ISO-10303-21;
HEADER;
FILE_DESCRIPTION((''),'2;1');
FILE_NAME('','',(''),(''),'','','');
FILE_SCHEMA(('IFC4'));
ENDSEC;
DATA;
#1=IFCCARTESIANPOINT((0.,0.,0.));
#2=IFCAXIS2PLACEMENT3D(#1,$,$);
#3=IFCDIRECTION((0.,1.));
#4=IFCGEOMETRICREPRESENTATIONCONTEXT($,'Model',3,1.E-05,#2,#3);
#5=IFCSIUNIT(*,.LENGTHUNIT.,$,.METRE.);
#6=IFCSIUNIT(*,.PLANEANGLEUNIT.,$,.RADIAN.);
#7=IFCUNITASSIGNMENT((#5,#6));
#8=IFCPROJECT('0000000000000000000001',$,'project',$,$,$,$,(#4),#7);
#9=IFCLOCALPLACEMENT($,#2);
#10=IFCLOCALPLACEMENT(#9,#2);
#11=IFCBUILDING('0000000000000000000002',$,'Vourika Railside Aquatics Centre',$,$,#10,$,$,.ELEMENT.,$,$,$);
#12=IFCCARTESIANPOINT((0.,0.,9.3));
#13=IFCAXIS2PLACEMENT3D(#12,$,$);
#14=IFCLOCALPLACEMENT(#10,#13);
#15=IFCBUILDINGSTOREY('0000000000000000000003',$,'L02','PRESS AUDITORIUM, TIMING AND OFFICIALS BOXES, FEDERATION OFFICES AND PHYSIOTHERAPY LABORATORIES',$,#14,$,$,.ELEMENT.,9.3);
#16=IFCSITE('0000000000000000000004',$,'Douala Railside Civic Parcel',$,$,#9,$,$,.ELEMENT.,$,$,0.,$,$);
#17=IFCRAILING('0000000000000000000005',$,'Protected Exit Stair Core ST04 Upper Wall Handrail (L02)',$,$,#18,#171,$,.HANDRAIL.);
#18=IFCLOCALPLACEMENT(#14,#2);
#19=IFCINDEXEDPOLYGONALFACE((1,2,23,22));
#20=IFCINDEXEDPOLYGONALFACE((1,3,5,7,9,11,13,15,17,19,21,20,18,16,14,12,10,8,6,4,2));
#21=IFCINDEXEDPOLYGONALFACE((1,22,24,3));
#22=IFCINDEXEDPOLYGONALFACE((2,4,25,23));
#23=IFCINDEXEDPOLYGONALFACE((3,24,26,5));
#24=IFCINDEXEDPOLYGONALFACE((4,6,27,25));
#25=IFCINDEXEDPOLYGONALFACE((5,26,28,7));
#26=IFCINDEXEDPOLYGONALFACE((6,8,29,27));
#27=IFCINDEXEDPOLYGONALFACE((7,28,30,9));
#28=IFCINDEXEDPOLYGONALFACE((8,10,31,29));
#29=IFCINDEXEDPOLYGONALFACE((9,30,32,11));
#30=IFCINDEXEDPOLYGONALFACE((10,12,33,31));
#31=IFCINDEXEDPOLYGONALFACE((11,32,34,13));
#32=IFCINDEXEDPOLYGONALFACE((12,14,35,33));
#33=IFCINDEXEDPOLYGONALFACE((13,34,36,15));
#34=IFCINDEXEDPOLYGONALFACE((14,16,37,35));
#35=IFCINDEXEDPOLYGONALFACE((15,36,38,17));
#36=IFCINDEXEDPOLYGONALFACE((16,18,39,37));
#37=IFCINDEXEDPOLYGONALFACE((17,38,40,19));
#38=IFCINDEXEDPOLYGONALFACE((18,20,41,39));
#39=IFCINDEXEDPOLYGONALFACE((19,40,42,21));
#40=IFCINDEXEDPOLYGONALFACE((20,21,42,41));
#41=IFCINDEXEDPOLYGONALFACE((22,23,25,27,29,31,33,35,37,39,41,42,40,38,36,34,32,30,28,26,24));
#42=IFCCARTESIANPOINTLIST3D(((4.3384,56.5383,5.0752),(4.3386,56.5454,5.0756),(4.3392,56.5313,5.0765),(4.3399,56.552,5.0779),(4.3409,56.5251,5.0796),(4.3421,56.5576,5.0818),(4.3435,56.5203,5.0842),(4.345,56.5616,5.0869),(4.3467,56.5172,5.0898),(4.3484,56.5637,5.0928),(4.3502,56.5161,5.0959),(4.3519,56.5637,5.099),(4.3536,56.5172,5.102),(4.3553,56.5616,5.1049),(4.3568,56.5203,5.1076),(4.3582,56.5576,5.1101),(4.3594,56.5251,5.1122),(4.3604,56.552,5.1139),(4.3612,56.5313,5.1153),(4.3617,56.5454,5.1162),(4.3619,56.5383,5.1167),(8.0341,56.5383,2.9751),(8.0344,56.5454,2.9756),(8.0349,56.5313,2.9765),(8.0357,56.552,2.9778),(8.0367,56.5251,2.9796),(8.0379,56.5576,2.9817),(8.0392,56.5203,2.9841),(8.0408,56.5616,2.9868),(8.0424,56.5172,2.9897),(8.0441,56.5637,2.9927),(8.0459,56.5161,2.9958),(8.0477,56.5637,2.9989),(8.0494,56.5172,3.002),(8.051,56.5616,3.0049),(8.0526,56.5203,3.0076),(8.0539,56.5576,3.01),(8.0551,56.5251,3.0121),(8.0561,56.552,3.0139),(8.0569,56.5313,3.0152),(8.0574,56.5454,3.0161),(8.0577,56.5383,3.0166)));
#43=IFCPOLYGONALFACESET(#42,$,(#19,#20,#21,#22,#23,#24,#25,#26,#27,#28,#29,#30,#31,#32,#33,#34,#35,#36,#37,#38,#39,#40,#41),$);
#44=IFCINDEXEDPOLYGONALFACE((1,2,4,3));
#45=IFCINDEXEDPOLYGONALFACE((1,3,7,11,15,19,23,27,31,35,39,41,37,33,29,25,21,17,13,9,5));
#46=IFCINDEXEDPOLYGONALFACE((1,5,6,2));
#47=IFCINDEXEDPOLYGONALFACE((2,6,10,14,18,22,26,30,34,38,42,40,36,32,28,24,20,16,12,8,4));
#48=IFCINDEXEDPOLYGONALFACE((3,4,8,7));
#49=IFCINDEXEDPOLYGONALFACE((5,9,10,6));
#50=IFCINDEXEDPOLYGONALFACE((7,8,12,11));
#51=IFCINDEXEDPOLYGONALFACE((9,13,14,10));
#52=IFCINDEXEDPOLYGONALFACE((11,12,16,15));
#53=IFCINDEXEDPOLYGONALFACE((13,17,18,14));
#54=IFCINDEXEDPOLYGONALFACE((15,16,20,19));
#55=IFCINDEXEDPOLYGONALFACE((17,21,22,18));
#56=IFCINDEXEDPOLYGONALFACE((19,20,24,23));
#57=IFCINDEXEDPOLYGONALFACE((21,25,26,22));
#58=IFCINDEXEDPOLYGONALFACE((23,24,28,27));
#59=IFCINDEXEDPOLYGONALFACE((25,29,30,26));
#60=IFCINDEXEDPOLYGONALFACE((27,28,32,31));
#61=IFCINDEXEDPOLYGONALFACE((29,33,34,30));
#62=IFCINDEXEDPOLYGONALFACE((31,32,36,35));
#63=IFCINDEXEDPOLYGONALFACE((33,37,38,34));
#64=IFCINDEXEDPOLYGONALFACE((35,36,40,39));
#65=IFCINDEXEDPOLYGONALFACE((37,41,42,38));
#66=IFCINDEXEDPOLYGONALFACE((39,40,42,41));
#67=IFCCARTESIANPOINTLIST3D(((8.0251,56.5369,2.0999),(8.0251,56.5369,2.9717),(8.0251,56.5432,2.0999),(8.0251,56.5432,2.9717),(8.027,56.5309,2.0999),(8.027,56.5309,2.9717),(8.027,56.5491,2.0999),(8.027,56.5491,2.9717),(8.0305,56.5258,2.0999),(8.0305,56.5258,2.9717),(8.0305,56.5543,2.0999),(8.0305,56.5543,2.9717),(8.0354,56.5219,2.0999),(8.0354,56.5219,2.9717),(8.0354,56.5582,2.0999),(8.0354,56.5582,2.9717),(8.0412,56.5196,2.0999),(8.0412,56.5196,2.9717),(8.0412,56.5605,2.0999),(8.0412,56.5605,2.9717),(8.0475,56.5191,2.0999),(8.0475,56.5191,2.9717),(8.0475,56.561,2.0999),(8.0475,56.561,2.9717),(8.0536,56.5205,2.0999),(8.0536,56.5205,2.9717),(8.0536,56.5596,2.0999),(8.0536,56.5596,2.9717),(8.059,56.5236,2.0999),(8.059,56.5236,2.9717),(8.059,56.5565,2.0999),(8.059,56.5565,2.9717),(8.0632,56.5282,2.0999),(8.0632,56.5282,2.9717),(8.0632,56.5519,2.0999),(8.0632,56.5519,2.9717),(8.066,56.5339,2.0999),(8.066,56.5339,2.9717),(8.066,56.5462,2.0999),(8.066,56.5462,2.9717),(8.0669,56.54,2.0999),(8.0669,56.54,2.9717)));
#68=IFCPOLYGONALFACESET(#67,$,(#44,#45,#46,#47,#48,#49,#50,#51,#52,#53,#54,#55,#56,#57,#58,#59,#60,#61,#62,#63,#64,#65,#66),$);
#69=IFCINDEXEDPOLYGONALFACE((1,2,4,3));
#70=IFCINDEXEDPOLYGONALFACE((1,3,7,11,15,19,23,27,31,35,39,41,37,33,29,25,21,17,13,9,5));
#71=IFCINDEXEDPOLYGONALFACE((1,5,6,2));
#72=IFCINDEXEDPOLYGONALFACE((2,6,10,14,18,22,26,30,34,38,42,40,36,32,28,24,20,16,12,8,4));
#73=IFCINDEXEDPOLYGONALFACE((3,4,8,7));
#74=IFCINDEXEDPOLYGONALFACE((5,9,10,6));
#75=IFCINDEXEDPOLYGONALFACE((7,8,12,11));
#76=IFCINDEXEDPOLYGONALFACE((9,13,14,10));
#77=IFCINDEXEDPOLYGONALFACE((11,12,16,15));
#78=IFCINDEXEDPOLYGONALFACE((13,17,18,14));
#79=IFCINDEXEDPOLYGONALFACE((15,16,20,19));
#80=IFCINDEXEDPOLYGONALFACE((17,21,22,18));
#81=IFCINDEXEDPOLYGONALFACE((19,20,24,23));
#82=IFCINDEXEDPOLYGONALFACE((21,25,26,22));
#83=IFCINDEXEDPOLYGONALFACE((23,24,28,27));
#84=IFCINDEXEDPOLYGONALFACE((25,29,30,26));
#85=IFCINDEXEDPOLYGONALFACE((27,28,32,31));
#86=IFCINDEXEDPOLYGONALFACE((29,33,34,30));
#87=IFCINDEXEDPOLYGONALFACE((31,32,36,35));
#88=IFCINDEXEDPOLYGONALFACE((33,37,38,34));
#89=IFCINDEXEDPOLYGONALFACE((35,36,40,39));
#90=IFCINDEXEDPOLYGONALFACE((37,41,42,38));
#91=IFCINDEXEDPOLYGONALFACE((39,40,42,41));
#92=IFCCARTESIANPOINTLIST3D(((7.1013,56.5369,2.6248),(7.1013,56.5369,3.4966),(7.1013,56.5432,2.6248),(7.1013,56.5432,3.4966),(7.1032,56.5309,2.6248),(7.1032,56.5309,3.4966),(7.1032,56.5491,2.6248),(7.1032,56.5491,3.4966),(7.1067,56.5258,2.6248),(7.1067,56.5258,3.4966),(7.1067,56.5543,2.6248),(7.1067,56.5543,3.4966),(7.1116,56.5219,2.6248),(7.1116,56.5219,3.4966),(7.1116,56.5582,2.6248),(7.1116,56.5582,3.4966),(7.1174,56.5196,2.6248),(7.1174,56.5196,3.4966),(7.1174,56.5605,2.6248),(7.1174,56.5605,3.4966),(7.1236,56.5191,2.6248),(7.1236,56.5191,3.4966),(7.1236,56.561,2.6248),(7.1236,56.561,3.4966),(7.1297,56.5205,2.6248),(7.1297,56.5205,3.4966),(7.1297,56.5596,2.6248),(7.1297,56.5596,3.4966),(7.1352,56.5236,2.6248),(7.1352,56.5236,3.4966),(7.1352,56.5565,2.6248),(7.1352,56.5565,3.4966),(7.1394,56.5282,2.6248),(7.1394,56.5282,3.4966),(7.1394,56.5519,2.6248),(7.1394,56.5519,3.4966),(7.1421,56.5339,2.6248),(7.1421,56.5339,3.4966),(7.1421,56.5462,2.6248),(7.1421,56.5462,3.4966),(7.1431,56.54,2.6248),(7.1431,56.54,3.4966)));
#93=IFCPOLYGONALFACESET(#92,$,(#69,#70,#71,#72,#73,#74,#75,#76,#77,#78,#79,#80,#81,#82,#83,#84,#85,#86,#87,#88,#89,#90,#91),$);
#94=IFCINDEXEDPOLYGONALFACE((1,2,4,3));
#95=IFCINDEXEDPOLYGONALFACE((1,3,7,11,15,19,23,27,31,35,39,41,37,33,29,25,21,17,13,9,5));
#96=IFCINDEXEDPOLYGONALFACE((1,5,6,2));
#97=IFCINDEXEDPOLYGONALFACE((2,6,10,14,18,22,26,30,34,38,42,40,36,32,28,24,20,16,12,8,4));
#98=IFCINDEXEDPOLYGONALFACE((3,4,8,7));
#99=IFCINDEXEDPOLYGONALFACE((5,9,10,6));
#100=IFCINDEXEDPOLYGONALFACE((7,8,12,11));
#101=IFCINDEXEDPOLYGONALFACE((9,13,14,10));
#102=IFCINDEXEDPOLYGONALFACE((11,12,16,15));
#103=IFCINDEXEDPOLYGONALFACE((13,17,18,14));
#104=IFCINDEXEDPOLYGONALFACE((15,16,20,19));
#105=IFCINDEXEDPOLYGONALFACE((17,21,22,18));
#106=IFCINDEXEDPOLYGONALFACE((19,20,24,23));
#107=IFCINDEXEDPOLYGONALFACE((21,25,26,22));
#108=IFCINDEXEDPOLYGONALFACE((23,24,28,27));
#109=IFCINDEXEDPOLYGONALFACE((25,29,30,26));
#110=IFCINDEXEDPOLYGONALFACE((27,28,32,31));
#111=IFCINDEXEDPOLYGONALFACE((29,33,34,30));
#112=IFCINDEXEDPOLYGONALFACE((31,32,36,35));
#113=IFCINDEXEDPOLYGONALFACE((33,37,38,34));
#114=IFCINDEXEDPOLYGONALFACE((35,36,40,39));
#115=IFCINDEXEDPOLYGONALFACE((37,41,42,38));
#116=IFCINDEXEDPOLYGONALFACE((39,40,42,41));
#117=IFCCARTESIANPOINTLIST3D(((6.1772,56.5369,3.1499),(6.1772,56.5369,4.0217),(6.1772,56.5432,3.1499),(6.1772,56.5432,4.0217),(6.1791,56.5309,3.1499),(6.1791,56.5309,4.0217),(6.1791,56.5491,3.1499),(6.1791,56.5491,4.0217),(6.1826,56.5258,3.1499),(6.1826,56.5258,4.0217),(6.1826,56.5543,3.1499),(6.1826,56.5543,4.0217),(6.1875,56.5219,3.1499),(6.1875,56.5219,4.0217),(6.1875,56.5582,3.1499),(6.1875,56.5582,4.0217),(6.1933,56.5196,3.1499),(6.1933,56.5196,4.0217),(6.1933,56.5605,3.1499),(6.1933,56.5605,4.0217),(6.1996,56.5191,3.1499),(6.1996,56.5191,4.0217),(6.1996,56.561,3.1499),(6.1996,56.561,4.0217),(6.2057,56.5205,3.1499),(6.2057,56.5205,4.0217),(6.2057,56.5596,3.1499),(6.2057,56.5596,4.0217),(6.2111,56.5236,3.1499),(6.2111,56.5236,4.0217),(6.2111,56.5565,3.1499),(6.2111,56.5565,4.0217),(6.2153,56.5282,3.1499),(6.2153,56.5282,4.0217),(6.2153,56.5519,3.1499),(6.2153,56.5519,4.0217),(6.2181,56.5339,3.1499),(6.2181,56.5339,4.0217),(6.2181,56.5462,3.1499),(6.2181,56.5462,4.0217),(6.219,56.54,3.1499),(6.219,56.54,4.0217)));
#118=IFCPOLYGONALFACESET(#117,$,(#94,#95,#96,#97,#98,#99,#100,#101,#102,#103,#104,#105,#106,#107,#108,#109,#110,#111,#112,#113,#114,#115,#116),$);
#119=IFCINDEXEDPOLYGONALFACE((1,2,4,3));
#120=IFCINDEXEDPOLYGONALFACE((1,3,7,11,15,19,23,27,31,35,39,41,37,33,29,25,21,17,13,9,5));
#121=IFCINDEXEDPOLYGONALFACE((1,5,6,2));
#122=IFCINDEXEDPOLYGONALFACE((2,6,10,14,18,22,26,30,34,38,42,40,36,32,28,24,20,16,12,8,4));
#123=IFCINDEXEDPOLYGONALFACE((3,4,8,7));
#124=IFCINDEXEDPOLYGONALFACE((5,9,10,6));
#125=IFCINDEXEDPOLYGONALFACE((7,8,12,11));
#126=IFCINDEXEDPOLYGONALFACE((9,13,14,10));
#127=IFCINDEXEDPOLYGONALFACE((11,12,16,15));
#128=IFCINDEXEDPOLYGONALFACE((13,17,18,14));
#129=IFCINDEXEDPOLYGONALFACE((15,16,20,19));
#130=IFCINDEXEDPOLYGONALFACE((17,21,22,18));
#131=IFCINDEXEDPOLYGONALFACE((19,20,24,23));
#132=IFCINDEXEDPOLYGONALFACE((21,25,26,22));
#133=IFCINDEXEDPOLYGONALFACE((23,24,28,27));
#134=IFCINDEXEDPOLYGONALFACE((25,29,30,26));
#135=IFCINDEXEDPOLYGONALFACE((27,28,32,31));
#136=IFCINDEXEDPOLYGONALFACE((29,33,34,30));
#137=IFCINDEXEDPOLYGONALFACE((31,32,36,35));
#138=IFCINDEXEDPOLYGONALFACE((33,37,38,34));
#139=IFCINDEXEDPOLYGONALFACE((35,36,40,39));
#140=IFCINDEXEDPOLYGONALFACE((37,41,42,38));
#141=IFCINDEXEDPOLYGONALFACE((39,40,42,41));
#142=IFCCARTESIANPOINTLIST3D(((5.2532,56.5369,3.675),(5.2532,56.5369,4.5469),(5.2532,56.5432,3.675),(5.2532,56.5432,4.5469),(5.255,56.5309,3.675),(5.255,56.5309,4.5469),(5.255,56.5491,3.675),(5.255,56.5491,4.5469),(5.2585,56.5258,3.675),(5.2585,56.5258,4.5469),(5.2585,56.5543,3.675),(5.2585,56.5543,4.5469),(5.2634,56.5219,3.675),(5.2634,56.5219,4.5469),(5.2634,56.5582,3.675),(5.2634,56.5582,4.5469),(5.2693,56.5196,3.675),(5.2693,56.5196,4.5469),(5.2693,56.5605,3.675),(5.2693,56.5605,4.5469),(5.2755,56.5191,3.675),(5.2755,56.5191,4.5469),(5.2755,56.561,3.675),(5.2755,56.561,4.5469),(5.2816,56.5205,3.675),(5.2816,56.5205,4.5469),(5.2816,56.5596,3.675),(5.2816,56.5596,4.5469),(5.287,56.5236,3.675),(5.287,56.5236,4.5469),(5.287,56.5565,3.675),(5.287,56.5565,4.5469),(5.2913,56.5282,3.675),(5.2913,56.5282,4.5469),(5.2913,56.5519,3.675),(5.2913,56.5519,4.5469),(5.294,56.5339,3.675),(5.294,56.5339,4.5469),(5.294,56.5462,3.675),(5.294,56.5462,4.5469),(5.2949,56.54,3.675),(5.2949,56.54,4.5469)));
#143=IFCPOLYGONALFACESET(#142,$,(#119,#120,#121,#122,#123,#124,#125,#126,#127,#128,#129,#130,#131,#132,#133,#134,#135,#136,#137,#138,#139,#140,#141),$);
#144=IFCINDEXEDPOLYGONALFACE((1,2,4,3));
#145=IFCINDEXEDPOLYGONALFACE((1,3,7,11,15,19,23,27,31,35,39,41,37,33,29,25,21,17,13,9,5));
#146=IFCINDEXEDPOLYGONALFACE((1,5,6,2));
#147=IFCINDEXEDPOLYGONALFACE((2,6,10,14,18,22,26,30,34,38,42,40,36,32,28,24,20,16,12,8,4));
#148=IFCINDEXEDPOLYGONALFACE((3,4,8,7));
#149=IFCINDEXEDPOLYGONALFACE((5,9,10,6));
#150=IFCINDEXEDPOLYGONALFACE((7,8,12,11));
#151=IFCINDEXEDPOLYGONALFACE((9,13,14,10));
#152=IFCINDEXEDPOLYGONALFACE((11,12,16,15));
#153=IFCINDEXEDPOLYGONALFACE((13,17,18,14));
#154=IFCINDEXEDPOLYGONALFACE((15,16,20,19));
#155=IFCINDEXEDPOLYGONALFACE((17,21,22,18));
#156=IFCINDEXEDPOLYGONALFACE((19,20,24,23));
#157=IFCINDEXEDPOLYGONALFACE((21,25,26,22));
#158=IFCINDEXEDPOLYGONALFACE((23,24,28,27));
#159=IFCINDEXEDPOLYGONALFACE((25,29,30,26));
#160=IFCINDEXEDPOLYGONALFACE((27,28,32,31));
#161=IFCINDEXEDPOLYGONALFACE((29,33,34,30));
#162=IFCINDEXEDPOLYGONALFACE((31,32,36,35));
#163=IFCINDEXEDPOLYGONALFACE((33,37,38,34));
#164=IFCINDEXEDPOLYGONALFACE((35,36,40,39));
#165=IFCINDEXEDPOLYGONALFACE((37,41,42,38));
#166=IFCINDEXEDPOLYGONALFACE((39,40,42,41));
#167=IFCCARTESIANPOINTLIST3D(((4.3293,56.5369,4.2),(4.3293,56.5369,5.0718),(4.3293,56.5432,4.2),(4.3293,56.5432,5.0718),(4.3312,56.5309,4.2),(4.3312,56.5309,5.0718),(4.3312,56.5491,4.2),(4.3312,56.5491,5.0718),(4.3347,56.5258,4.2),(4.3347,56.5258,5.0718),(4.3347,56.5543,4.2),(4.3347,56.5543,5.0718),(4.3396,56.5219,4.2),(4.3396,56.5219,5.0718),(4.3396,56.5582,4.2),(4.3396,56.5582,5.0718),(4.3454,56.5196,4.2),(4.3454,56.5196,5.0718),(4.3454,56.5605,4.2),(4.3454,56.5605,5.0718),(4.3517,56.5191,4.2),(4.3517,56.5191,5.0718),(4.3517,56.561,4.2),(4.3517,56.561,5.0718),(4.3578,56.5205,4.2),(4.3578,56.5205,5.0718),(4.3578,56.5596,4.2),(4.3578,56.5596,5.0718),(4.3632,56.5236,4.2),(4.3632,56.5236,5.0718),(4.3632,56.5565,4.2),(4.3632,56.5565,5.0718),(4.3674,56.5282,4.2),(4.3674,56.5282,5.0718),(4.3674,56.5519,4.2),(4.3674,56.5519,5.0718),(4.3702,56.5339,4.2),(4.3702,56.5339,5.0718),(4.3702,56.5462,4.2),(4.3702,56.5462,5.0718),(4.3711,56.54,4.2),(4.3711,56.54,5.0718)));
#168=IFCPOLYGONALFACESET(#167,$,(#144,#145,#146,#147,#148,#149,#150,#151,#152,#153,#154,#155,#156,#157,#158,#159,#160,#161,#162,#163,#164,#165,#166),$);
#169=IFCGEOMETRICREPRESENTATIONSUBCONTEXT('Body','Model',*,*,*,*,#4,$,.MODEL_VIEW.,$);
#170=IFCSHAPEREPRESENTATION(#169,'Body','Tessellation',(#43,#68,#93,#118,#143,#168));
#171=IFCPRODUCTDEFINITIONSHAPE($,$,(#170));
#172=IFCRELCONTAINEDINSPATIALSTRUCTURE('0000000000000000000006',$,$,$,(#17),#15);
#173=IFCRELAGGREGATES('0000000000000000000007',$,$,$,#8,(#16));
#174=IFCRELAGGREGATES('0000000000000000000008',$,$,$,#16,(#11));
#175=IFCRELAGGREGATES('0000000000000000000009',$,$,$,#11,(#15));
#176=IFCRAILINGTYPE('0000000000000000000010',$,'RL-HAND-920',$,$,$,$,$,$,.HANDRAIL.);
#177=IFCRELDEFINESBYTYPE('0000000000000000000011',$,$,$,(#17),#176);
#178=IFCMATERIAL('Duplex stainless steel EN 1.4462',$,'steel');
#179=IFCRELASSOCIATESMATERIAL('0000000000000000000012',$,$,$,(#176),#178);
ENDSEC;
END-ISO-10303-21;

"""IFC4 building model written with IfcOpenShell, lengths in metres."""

from ifc_helpers import new_model, si_unit, direction, frame, origin, origin_2d, place, context, subcontext, project, spatial, circle, extrude, material, type_object, element, save


model = new_model("IFC4")

# Units and contexts
model_context = context("Model", 3, precision=1e-05, world=origin(), true_north=direction((0.0, 1.0)))
body_context = subcontext(model_context, "Body", "Model", "MODEL_VIEW")
ifc_project = project(units=[si_unit("LENGTHUNIT", "METRE"), si_unit("PLANEANGLEUNIT", "RADIAN")], contexts=[model_context])

# Site, building, storey
site_placement = place(None, origin())
site = spatial("IfcSite", under=ifc_project, at=site_placement, Name="Douala Railside Civic Parcel", CompositionType="ELEMENT", RefElevation=0.0)
building_placement = place(site_placement, origin())
building = spatial("IfcBuilding", under=site, at=building_placement, Name="Vourika Railside Aquatics Centre", CompositionType="ELEMENT")
storey_placement = place(building_placement, frame((0.0, 0.0, 9.3)))
storey = spatial("IfcBuildingStorey", under=building, at=storey_placement, Name="L02", Description="PRESS AUDITORIUM, TIMING AND OFFICIALS BOXES, FEDERATION OFFICES AND PHYSIOTHERAPY LABORATORIES", CompositionType="ELEMENT", Elevation=9.3)

# Railing
ifc_material_1 = material(Name="Duplex stainless steel EN 1.4462", Category="steel")
railing_type_1 = type_object("IfcRailingType", Name="RL-HAND-920", PredefinedType="HANDRAIL", material=ifc_material_1)
railing_1_placement = place(storey_placement, frame((8.0459, 56.54, 2.0999)))
element("IfcRailing", 1, at=railing_1_placement, inside=storey, type_object=railing_type_1, Name="Protected Exit Stair Core ST04 Upper Wall Handrail (L02)", PredefinedType="HANDRAIL", context=body_context, shape_type="SweptSolid", body=[
    extrude(circle(Radius=0.0239, at=origin_2d()), frame((0.0, 0.0, 0.896), z_axis=(-0.869435, 0.0, 0.494047), x_axis=(0.0, -1.0, 0.0)), (0.0, 0.0, 1.0), 4.2507),
    extrude(circle(Radius=0.021, at=origin_2d()), origin(), (0.0, 0.0, 1.0), 0.8718),
    extrude(circle(Radius=0.021, at=origin_2d()), frame((-0.9238, 0.0, 0.5249)), (0.0, 0.0, 1.0), 0.8718),
    extrude(circle(Radius=0.021, at=origin_2d()), frame((-1.8479, 0.0, 1.05)), (0.0, 0.0, 1.0), 0.8718),
    extrude(circle(Radius=0.021, at=origin_2d()), frame((-2.772, 0.0, 1.5752)), (0.0, 0.0, 1.0), 0.8718),
    extrude(circle(Radius=0.021, at=origin_2d()), frame((-3.6958, 0.0, 2.1001)), (0.0, 0.0, 1.0), 0.8718),
])

save(model, "model.ifc")
